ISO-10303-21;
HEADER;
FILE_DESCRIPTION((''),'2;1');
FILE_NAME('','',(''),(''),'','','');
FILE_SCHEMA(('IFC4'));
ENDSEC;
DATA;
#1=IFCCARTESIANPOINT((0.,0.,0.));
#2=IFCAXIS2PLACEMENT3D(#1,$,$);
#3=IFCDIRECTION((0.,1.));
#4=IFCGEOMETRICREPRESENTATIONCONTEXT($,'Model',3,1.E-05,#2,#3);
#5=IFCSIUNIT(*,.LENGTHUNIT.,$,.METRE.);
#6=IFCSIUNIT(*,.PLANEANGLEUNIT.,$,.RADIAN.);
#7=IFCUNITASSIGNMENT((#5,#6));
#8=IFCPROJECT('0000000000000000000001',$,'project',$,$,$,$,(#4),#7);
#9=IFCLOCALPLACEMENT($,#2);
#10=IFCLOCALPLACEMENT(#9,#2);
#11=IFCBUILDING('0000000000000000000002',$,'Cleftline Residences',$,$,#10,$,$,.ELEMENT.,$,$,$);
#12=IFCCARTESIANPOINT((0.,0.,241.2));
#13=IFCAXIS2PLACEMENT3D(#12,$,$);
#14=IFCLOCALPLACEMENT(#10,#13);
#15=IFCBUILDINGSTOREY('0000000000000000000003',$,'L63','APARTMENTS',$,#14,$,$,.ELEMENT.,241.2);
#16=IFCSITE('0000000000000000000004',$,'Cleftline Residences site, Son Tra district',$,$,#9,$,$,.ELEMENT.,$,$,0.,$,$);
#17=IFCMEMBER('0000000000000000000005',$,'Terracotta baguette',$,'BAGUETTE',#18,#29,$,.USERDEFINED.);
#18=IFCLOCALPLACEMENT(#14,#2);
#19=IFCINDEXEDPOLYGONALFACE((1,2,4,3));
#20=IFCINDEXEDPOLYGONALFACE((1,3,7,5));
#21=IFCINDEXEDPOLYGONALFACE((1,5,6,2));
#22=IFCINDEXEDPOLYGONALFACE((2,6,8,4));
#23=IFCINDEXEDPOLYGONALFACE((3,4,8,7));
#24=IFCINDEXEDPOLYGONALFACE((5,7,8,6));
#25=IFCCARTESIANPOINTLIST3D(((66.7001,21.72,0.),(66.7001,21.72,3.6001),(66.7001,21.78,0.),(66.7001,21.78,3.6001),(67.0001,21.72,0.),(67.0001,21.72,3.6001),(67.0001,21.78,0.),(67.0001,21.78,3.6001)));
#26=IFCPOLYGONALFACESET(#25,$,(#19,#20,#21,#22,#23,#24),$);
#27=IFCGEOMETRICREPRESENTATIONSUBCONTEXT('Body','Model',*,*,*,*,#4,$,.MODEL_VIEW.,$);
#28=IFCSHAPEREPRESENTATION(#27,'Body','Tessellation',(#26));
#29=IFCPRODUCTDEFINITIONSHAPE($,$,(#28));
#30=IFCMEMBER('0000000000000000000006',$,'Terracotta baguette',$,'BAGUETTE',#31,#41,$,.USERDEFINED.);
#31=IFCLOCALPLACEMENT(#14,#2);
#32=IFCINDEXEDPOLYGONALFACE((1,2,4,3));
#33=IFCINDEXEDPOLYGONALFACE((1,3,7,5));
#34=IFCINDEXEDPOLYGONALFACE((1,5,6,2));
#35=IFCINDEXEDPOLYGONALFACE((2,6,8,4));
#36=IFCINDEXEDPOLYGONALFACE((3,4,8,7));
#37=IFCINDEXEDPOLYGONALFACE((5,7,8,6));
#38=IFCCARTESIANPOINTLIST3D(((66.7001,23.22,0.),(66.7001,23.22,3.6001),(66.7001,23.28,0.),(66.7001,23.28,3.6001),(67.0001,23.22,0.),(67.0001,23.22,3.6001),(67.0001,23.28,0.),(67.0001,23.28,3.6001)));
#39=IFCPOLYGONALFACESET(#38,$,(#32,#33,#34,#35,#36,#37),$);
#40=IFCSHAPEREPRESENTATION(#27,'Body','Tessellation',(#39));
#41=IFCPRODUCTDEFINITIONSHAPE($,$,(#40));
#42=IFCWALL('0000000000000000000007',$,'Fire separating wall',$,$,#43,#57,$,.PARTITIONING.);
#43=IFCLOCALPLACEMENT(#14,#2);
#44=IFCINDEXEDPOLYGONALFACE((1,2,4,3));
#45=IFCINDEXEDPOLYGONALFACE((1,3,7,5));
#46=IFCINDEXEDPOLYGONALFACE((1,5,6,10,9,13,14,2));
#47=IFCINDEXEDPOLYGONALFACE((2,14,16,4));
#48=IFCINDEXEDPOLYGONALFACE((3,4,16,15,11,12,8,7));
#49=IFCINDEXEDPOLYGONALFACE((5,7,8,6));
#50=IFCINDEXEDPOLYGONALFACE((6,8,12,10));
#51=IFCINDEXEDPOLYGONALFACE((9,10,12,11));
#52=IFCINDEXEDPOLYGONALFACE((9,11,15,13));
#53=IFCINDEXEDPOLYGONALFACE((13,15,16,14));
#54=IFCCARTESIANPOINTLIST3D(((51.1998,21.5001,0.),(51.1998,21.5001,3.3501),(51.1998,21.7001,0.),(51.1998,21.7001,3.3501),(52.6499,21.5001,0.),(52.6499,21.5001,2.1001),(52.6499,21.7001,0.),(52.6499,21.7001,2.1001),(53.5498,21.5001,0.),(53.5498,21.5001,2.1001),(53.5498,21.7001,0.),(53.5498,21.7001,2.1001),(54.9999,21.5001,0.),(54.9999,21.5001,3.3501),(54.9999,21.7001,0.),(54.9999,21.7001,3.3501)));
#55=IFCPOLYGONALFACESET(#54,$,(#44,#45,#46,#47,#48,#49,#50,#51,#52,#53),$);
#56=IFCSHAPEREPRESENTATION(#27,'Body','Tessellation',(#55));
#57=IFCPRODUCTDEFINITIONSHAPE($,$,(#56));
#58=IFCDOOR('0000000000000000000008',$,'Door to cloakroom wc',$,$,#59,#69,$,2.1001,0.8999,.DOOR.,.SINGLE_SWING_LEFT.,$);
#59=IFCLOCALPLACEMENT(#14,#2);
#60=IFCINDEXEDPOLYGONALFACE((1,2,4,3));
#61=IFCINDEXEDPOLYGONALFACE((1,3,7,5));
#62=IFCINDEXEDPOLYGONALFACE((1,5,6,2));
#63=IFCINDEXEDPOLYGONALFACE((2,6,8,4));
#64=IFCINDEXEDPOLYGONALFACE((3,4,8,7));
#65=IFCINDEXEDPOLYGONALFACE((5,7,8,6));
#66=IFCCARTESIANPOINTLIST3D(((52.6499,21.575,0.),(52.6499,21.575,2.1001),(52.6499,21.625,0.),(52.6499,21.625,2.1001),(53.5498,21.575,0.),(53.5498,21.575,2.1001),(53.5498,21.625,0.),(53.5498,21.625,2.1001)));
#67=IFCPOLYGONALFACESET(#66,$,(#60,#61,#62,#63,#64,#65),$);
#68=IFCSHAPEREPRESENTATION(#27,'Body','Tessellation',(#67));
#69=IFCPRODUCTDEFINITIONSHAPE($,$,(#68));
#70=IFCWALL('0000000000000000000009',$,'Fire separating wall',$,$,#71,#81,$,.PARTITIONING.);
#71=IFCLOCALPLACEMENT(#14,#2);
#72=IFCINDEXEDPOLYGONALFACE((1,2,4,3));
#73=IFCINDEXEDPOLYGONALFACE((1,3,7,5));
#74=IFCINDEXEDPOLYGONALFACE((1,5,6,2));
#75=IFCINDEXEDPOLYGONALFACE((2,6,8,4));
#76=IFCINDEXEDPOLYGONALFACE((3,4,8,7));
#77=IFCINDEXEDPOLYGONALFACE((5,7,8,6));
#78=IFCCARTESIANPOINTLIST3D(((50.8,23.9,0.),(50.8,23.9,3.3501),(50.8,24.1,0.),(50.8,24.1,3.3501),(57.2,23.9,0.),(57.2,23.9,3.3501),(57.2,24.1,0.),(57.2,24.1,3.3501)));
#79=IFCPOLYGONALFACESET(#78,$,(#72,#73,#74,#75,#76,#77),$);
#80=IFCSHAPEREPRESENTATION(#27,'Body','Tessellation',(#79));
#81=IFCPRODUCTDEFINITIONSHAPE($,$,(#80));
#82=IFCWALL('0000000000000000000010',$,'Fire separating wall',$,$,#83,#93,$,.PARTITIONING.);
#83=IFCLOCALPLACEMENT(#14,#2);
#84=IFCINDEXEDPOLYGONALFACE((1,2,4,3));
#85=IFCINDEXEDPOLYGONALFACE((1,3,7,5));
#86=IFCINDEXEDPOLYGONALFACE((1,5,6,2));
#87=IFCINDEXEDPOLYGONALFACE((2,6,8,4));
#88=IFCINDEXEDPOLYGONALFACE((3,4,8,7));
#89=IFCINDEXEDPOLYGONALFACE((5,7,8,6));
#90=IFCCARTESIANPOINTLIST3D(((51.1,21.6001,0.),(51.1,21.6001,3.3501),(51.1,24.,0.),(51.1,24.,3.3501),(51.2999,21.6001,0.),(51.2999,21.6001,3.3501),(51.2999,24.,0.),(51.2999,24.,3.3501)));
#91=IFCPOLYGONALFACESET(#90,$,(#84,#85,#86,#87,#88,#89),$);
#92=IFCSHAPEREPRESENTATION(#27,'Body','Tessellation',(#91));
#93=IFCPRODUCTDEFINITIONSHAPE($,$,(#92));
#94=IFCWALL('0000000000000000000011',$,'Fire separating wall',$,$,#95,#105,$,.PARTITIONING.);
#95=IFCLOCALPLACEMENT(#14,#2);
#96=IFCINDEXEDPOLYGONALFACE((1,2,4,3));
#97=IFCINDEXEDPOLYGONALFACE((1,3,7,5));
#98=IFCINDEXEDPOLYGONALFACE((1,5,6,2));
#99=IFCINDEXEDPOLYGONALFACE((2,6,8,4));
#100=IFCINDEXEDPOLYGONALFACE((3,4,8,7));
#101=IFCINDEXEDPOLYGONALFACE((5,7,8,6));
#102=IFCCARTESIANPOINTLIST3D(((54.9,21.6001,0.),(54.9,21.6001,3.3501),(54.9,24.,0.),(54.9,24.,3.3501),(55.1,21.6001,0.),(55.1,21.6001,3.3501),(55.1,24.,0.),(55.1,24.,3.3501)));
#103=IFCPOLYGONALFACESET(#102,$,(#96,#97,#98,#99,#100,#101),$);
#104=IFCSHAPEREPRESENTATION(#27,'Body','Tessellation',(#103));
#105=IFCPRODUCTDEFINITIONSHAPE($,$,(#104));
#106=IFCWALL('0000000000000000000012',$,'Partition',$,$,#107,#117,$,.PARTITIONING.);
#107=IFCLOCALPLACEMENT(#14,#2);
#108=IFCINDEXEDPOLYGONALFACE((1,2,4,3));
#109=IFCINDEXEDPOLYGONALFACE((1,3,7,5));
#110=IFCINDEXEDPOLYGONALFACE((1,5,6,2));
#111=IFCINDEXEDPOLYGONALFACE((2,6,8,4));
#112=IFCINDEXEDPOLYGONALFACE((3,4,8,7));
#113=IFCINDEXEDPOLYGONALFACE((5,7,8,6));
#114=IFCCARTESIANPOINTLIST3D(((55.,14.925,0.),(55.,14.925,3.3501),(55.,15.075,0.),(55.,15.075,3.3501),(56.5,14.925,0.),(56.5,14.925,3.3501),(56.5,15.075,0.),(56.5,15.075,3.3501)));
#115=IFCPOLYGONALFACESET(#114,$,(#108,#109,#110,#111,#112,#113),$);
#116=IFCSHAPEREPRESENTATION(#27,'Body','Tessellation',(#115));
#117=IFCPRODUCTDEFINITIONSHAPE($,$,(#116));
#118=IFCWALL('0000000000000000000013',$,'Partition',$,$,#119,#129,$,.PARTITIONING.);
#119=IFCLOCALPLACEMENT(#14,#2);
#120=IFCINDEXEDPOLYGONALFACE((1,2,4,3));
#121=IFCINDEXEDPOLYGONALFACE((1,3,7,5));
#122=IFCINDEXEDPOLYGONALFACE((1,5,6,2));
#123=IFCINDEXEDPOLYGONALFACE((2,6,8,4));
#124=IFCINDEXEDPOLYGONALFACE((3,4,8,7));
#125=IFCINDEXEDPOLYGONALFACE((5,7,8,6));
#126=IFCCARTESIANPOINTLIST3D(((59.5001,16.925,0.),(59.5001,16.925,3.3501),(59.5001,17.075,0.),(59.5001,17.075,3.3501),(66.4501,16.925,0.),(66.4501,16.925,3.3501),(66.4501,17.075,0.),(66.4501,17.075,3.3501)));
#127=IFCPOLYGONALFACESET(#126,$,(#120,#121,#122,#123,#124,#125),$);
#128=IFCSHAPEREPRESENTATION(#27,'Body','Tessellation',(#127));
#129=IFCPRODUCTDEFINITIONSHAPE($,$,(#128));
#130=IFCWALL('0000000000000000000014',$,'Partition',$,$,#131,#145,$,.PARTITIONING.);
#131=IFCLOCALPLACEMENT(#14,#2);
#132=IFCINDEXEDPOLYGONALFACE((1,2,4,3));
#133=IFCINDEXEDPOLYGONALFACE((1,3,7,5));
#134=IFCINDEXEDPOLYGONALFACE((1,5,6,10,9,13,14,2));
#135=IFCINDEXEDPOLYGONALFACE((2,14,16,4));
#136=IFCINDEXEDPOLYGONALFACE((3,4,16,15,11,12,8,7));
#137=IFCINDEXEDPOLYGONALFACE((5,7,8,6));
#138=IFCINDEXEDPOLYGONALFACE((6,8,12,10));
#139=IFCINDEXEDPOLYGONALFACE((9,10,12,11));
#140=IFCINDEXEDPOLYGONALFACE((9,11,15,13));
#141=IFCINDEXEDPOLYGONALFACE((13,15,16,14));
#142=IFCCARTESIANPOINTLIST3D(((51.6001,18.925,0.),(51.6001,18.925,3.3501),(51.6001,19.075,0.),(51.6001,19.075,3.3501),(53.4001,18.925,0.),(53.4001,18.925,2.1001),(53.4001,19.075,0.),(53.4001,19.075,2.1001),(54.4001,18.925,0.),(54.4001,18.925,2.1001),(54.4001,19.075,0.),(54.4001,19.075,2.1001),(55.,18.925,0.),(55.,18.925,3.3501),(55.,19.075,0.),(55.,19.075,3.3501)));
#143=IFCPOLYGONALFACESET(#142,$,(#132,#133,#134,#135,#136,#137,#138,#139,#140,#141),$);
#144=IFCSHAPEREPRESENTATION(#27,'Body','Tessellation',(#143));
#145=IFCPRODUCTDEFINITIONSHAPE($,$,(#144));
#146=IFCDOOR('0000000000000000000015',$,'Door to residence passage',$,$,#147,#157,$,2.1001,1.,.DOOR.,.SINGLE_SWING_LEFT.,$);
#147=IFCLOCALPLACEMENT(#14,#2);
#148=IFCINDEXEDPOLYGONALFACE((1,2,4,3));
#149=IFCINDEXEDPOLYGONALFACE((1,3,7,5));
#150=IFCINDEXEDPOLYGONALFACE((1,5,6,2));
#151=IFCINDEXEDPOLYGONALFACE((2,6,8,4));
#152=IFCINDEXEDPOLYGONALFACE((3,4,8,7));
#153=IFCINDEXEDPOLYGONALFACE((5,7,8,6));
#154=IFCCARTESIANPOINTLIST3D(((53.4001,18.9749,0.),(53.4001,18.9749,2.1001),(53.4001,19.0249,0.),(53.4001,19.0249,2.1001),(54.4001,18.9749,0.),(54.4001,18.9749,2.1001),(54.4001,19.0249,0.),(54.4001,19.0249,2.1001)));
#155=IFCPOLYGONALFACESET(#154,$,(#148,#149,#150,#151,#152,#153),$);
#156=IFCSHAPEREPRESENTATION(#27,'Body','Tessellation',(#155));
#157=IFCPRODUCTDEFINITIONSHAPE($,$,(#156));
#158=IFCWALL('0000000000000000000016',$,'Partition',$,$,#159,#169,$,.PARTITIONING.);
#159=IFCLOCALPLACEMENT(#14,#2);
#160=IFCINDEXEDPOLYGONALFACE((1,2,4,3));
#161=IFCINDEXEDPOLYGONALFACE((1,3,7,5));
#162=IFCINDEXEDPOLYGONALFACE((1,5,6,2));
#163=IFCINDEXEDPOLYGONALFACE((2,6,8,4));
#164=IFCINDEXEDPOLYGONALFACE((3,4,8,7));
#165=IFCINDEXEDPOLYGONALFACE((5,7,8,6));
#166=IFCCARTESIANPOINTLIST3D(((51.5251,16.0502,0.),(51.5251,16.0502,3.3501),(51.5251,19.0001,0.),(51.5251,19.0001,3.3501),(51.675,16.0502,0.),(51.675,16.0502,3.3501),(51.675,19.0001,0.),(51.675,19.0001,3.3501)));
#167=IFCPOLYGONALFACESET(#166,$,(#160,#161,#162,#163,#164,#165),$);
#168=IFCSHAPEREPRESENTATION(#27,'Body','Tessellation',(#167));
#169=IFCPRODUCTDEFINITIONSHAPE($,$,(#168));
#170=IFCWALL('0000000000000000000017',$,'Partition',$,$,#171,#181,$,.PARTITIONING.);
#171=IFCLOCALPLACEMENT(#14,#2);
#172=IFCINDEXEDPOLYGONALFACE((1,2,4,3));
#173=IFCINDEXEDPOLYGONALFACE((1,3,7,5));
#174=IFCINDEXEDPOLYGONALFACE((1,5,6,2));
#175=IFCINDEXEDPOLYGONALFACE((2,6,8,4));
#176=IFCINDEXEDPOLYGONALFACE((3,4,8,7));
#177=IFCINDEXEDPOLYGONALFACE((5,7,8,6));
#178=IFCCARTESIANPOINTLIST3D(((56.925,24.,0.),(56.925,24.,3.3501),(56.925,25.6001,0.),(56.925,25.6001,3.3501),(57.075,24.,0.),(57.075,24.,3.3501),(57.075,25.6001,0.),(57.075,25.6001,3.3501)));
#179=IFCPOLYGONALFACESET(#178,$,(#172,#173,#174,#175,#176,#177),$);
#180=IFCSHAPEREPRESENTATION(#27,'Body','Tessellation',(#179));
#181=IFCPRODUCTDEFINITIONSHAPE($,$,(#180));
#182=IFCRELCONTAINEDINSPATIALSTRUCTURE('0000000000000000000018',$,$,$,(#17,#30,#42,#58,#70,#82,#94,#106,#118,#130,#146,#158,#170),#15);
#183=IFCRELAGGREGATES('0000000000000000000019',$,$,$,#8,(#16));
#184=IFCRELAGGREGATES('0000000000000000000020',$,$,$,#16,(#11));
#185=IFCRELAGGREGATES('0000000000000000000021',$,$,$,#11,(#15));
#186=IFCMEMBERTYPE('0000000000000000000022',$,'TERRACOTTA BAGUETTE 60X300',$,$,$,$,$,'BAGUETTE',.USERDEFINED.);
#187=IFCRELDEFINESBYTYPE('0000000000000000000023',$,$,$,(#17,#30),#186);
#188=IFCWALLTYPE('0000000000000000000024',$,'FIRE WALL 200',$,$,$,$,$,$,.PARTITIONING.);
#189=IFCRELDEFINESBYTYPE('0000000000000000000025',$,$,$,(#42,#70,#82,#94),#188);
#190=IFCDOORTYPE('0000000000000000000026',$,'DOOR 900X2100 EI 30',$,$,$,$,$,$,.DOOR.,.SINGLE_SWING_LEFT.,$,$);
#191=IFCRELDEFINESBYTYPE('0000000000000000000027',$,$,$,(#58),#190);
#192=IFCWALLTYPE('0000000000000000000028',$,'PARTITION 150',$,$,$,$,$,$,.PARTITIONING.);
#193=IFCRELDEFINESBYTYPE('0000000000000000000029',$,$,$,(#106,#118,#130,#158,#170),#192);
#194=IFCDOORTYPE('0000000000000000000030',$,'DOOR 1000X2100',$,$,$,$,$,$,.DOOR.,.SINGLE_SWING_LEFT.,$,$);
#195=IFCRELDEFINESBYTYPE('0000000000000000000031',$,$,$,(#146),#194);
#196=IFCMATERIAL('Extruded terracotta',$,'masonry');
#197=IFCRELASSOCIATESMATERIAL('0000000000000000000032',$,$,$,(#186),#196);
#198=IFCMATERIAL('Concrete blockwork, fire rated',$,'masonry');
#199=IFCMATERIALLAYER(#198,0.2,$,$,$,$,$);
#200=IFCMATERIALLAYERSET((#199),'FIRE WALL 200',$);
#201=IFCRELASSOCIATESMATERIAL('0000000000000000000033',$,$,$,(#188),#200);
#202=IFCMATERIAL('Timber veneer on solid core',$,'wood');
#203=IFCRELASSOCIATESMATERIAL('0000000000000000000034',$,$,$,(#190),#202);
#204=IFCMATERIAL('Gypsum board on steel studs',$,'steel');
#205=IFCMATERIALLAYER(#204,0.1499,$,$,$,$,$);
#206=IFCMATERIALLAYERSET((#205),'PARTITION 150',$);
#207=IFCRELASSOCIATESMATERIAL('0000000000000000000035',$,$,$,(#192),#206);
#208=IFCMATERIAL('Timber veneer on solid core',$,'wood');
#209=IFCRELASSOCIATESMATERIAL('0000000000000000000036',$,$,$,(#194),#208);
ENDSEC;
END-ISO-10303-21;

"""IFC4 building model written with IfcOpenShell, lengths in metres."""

from ifc_helpers import new_model, si_unit, direction, frame, frame_2d, origin, origin_2d, place, context, subcontext, project, spatial, rectangle, extrude, material, layer, layer_set, material_profile, profile_set, type_object, element, fill, save


model = new_model("IFC4")

# Units and contexts
model_context = context("Model", 3, precision=1e-05, world=origin(), true_north=direction((0.0, 1.0)))
body_context = subcontext(model_context, "Body", "Model", "MODEL_VIEW")
ifc_project = project(units=[si_unit("LENGTHUNIT", "METRE"), si_unit("PLANEANGLEUNIT", "RADIAN")], contexts=[model_context])

# Site, building, storey
site_placement = place(None, origin())
site = spatial("IfcSite", under=ifc_project, at=site_placement, Name="Cleftline Residences site, Son Tra district", CompositionType="ELEMENT", RefElevation=0.0)
building_placement = place(site_placement, origin())
building = spatial("IfcBuilding", under=site, at=building_placement, Name="Cleftline Residences", CompositionType="ELEMENT")
storey_placement = place(building_placement, frame((0.0, 0.0, 241.2)))
storey = spatial("IfcBuildingStorey", under=building, at=storey_placement, Name="L63", Description="APARTMENTS", CompositionType="ELEMENT", Elevation=241.2)

# Members
ifc_material_1 = material(Name="Extruded terracotta", Category="masonry")
ifc_material_profile_1 = material_profile(ifc_material_1, rectangle(XDim=0.0601, YDim=0.3, at=origin_2d()))
ifc_profile_set_1 = profile_set([ifc_material_profile_1], Name="Extruded terracotta")
member_type_1 = type_object("IfcMemberType", Name="TERRACOTTA BAGUETTE 60X300", ElementType="BAGUETTE", PredefinedType="USERDEFINED", material=ifc_profile_set_1)
for number, where, z_axis, x_axis, name in (
    (1, (66.8501, 21.75, 0.0), (0.0, 0.0, 1.0), (0.0, 1.0, 0.0), "Terracotta baguette"),
    (2, (66.8501, 23.25, 0.0), (0.0, 0.0, 1.0), (0.0, 1.0, 0.0), "Terracotta baguette"),
):
    element("IfcMember", number, at=place(storey_placement, frame(where, z_axis=z_axis, x_axis=x_axis)), inside=storey, type_object=member_type_1, Name=name, ObjectType="BAGUETTE", PredefinedType="USERDEFINED", context=body_context, shape_type="SweptSolid", body=[
        extrude(rectangle(XDim=0.0601, YDim=0.3, at=origin_2d()), origin(), (0.0, 0.0, 1.0), 3.6001),
    ])

# Wall, opening, door
ifc_material_2 = material(Name="Concrete blockwork, fire rated", Category="masonry")
ifc_layer_1 = layer(ifc_material_2, 0.2)
ifc_layer_set_1 = layer_set([ifc_layer_1], Name="FIRE WALL 200")
wall_type_1 = type_object("IfcWallType", Name="FIRE WALL 200", PredefinedType="PARTITIONING", material=ifc_layer_set_1)
wall_1_placement = place(storey_placement, frame((51.2, 21.6001, 0.0), z_axis=(0.0, 0.0, 1.0), x_axis=(1.0, 0.0, 0.0)))
wall_1 = element("IfcWall", 3, at=wall_1_placement, inside=storey, type_object=wall_type_1, Name="Fire separating wall", PredefinedType="PARTITIONING", context=body_context, shape_type="SweptSolid", body=[
    extrude(rectangle(XDim=3.8, YDim=0.2, at=frame_2d((1.8999, 0.0))), origin(), (0.0, 0.0, 1.0), 3.3501),
])
opening_1_placement = place(wall_1_placement, frame((1.45, 0.0, 0.0)))
opening_1 = element("IfcOpeningElement", 4, at=opening_1_placement, cuts=wall_1, PredefinedType="OPENING", context=body_context, shape_type="SweptSolid", body=[
    extrude(rectangle(XDim=0.8999, YDim=2.1001, at=frame_2d((0.45, 1.05))), frame((0.0, 0.1099, 0.0), z_axis=(0.0, -1.0, 0.0), x_axis=(1.0, 0.0, 0.0)), (0.0, 0.0, 1.0), 0.22),
])
ifc_material_3 = material(Name="Timber veneer on solid core", Category="wood")
door_type_1 = type_object("IfcDoorType", Name="DOOR 900X2100 EI 30", OperationType="SINGLE_SWING_LEFT", PredefinedType="DOOR", material=ifc_material_3)
door_1_placement = place(opening_1_placement, origin())
door_1 = element("IfcDoor", 5, at=door_1_placement, inside=storey, type_object=door_type_1, Name="Door to cloakroom wc", OperationType="SINGLE_SWING_LEFT", OverallHeight=2.1001, OverallWidth=0.8999, PredefinedType="DOOR", context=body_context, shape_type="SweptSolid", body=[
    extrude(rectangle(XDim=0.8999, YDim=2.1001, at=frame_2d((0.45, 1.05))), frame((0.0, 0.0249, 0.0), z_axis=(0.0, -1.0, 0.0), x_axis=(1.0, 0.0, 0.0)), (0.0, 0.0, 1.0), 0.05),
])
fill(opening_1, door_1)

# Walls
wall_2_placement = place(storey_placement, frame((50.8, 24.0, 0.0), z_axis=(0.0, 0.0, 1.0), x_axis=(1.0, 0.0, 0.0)))
element("IfcWall", 6, at=wall_2_placement, inside=storey, type_object=wall_type_1, Name="Fire separating wall", PredefinedType="PARTITIONING", context=body_context, shape_type="SweptSolid", body=[
    extrude(rectangle(XDim=6.3999, YDim=0.2, at=frame_2d((3.2, 0.0))), origin(), (0.0, 0.0, 1.0), 3.3501),
])
for number, where, z_axis, x_axis, name in (
    (7, (51.2, 21.6001, 0.0), (0.0, 0.0, 1.0), (0.0, 1.0, 0.0), "Fire separating wall"),
    (8, (55.0, 21.6001, 0.0), (0.0, 0.0, 1.0), (0.0, 1.0, 0.0), "Fire separating wall"),
):
    element("IfcWall", number, at=place(storey_placement, frame(where, z_axis=z_axis, x_axis=x_axis)), inside=storey, type_object=wall_type_1, Name=name, PredefinedType="PARTITIONING", context=body_context, shape_type="SweptSolid", body=[
        extrude(rectangle(XDim=2.3999, YDim=0.2, at=frame_2d((1.2, 0.0))), origin(), (0.0, 0.0, 1.0), 3.3501),
    ])
ifc_material_4 = material(Name="Gypsum board on steel studs", Category="steel")
ifc_layer_2 = layer(ifc_material_4, 0.1499)
ifc_layer_set_2 = layer_set([ifc_layer_2], Name="PARTITION 150")
wall_type_2 = type_object("IfcWallType", Name="PARTITION 150", PredefinedType="PARTITIONING", material=ifc_layer_set_2)
wall_3_placement = place(storey_placement, frame((55.0, 15.0, 0.0), z_axis=(0.0, 0.0, 1.0), x_axis=(1.0, 0.0, 0.0)))
element("IfcWall", 9, at=wall_3_placement, inside=storey, type_object=wall_type_2, Name="Partition", PredefinedType="PARTITIONING", context=body_context, shape_type="SweptSolid", body=[
    extrude(rectangle(XDim=1.5, YDim=0.1499, at=frame_2d((0.75, 0.0))), origin(), (0.0, 0.0, 1.0), 3.3501),
])
wall_4_placement = place(storey_placement, frame((59.5, 17.0, 0.0), z_axis=(0.0, 0.0, 1.0), x_axis=(1.0, 0.0, 0.0)))
element("IfcWall", 10, at=wall_4_placement, inside=storey, type_object=wall_type_2, Name="Partition", PredefinedType="PARTITIONING", context=body_context, shape_type="SweptSolid", body=[
    extrude(rectangle(XDim=6.95, YDim=0.1499, at=frame_2d((3.4751, 0.0))), origin(), (0.0, 0.0, 1.0), 3.3501),
])

# Wall, opening, door
wall_5_placement = place(storey_placement, frame((51.6001, 19.0, 0.0), z_axis=(0.0, 0.0, 1.0), x_axis=(1.0, 0.0, 0.0)))
wall_5 = element("IfcWall", 11, at=wall_5_placement, inside=storey, type_object=wall_type_2, Name="Partition", PredefinedType="PARTITIONING", context=body_context, shape_type="SweptSolid", body=[
    extrude(rectangle(XDim=3.3999, YDim=0.1499, at=frame_2d((1.7, 0.0))), origin(), (0.0, 0.0, 1.0), 3.3501),
])
opening_2_placement = place(wall_5_placement, frame((1.8, 0.0, 0.0)))
opening_2 = element("IfcOpeningElement", 12, at=opening_2_placement, cuts=wall_5, PredefinedType="OPENING", context=body_context, shape_type="SweptSolid", body=[
    extrude(rectangle(XDim=1.0, YDim=2.1001, at=frame_2d((0.5, 1.05))), frame((0.0, 0.085, 0.0), z_axis=(0.0, -1.0, 0.0), x_axis=(1.0, 0.0, 0.0)), (0.0, 0.0, 1.0), 0.1699),
])
ifc_material_5 = material(Name="Timber veneer on solid core", Category="wood")
door_type_2 = type_object("IfcDoorType", Name="DOOR 1000X2100", OperationType="SINGLE_SWING_LEFT", PredefinedType="DOOR", material=ifc_material_5)
door_2_placement = place(opening_2_placement, origin())
door_2 = element("IfcDoor", 13, at=door_2_placement, inside=storey, type_object=door_type_2, Name="Door to residence passage", OperationType="SINGLE_SWING_LEFT", OverallHeight=2.1001, OverallWidth=1.0, PredefinedType="DOOR", context=body_context, shape_type="SweptSolid", body=[
    extrude(rectangle(XDim=1.0, YDim=2.1001, at=frame_2d((0.5, 1.05))), frame((0.0, 0.0249, 0.0), z_axis=(0.0, -1.0, 0.0), x_axis=(1.0, 0.0, 0.0)), (0.0, 0.0, 1.0), 0.05),
])
fill(opening_2, door_2)

# Walls
wall_6_placement = place(storey_placement, frame((51.6001, 16.05, 0.0), z_axis=(0.0, 0.0, 1.0), x_axis=(0.0, 1.0, 0.0)))
element("IfcWall", 14, at=wall_6_placement, inside=storey, type_object=wall_type_2, Name="Partition", PredefinedType="PARTITIONING", context=body_context, shape_type="SweptSolid", body=[
    extrude(rectangle(XDim=2.95, YDim=0.1499, at=frame_2d((1.4751, 0.0))), origin(), (0.0, 0.0, 1.0), 3.3501),
])
wall_7_placement = place(storey_placement, frame((57.0, 24.0, 0.0), z_axis=(0.0, 0.0, 1.0), x_axis=(0.0, 1.0, 0.0)))
element("IfcWall", 15, at=wall_7_placement, inside=storey, type_object=wall_type_2, Name="Partition", PredefinedType="PARTITIONING", context=body_context, shape_type="SweptSolid", body=[
    extrude(rectangle(XDim=1.6001, YDim=0.1499, at=frame_2d((0.8, 0.0))), origin(), (0.0, 0.0, 1.0), 3.3501),
])

save(model, "model.ifc")
